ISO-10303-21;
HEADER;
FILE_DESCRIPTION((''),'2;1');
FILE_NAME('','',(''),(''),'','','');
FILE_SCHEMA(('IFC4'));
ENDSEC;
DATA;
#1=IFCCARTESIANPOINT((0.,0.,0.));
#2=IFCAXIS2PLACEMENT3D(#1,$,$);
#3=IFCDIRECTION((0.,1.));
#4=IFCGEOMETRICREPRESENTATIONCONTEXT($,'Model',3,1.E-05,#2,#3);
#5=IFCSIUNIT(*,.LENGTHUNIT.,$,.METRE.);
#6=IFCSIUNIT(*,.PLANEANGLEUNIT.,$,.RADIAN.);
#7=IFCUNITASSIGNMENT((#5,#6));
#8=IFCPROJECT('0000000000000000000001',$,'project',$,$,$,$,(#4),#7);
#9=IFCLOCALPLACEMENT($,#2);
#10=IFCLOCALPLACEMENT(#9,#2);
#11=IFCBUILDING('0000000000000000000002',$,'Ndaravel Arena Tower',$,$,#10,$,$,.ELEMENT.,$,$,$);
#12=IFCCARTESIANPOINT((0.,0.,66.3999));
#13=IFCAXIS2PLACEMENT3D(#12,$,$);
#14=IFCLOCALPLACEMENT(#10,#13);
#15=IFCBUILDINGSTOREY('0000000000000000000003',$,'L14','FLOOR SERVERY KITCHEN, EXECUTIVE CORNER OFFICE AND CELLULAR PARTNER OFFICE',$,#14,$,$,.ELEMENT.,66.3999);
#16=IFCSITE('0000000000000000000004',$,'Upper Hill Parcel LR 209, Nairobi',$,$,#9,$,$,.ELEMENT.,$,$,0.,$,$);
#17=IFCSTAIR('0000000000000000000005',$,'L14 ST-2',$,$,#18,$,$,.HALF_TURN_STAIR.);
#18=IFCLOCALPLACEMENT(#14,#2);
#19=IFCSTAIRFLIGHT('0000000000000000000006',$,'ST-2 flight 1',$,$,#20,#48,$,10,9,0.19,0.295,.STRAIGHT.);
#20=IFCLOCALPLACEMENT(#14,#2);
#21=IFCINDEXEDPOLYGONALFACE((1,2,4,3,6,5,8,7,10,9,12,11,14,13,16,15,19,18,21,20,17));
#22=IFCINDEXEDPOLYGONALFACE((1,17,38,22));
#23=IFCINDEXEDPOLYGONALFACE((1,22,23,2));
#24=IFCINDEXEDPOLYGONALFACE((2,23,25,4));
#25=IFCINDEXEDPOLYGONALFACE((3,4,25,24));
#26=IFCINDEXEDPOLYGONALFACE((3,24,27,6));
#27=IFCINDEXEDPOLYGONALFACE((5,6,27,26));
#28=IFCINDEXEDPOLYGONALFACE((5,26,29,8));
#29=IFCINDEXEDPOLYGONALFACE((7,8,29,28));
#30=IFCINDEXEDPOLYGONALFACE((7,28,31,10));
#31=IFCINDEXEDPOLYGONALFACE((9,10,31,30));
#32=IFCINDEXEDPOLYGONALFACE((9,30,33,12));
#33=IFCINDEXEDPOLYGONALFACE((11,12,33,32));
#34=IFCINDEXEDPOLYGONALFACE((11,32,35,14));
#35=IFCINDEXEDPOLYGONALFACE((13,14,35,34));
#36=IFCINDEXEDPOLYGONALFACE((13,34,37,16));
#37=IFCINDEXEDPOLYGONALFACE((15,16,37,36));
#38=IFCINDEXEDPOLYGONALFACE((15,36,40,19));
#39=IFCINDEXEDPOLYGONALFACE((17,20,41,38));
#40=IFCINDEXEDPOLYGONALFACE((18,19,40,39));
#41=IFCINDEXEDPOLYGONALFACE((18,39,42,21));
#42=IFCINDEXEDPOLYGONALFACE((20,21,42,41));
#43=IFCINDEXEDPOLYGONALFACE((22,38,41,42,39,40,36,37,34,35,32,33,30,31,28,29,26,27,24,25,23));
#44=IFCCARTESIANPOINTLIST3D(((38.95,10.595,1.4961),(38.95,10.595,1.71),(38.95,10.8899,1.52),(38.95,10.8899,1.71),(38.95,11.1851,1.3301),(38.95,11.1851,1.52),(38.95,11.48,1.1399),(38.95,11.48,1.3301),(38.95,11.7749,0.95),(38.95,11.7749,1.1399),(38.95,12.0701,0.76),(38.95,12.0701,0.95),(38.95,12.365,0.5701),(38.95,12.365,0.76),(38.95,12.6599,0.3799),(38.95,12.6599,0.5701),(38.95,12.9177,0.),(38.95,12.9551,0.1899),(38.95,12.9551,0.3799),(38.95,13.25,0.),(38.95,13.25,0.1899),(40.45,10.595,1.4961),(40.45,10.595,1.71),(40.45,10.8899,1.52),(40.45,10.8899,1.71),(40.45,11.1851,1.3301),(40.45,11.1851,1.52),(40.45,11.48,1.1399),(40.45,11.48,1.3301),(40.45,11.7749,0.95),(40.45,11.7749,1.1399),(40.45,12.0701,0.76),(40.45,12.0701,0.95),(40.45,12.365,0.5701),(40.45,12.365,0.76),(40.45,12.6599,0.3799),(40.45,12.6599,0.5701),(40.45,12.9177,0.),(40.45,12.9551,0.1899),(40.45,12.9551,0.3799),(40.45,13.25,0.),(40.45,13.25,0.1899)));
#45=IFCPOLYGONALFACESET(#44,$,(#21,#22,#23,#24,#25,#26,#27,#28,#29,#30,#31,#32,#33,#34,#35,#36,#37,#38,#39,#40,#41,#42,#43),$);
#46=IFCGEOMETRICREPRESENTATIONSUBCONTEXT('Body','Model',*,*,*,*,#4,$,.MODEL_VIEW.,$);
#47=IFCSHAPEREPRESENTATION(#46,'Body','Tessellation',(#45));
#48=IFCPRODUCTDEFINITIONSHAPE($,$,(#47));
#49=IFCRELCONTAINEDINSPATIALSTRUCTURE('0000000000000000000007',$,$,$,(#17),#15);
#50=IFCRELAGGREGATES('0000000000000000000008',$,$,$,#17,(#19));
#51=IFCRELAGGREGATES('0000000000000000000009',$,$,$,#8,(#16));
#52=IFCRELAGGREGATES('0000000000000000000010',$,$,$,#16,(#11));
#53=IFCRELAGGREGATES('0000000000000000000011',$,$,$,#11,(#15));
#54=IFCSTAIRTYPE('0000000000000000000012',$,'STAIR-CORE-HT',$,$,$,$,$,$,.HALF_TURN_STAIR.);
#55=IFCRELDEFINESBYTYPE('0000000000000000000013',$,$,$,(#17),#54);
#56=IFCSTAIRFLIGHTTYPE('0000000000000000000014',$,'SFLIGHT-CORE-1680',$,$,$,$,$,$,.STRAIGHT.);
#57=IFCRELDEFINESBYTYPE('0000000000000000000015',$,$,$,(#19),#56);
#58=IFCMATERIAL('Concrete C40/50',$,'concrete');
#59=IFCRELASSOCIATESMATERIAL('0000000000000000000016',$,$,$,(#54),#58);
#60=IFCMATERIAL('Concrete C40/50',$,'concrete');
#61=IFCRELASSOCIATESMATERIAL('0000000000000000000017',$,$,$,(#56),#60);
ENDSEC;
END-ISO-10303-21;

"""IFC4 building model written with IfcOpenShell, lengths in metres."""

from ifc_helpers import new_model, si_unit, direction, frame, origin, place, context, subcontext, project, spatial, polyline, outline, extrude, material, type_object, element, aggregate, save


model = new_model("IFC4")

# Units and contexts
model_context = context("Model", 3, precision=1e-05, world=origin(), true_north=direction((0.0, 1.0)))
body_context = subcontext(model_context, "Body", "Model", "MODEL_VIEW")
ifc_project = project(units=[si_unit("LENGTHUNIT", "METRE"), si_unit("PLANEANGLEUNIT", "RADIAN")], contexts=[model_context])

# Site, building, storey
site_placement = place(None, origin())
site = spatial("IfcSite", under=ifc_project, at=site_placement, Name="Upper Hill Parcel LR 209, Nairobi", CompositionType="ELEMENT", RefElevation=0.0)
building_placement = place(site_placement, origin())
building = spatial("IfcBuilding", under=site, at=building_placement, Name="Ndaravel Arena Tower", CompositionType="ELEMENT")
storey_placement = place(building_placement, frame((0.0, 0.0, 66.3999)))
storey = spatial("IfcBuildingStorey", under=building, at=storey_placement, Name="L14", Description="FLOOR SERVERY KITCHEN, EXECUTIVE CORNER OFFICE AND CELLULAR PARTNER OFFICE", CompositionType="ELEMENT", Elevation=66.3999)

# Stair, stair flight
ifc_material_1 = material(Name="Concrete C40/50", Category="concrete")
stair_type = type_object("IfcStairType", Name="STAIR-CORE-HT", PredefinedType="HALF_TURN_STAIR", material=ifc_material_1)
stair_placement = place(storey_placement, origin())
stair = element("IfcStair", 1, at=stair_placement, inside=storey, type_object=stair_type, Name="L14 ST-2", PredefinedType="HALF_TURN_STAIR")
ifc_material_2 = material(Name="Concrete C40/50", Category="concrete")
stair_flight_type = type_object("IfcStairFlightType", Name="SFLIGHT-CORE-1680", PredefinedType="STRAIGHT", material=ifc_material_2)
stair_flight_placement = place(storey_placement, frame((39.7, 13.25, 0.0), z_axis=(0.0, 0.0, 1.0), x_axis=(0.0, -1.0, 0.0)))
stair_flight = element("IfcStairFlight", 2, at=stair_flight_placement, type_object=stair_flight_type, Name="ST-2 flight 1", NumberOfRisers=10, NumberOfTreads=9, PredefinedType="STRAIGHT", RiserHeight=0.19, TreadLength=0.295, context=body_context, shape_type="SweptSolid", body=[
    extrude(outline(polyline([(0.0, 0.0), (0.0, 0.1899), (0.2949, 0.1899), (0.2949, 0.3799), (0.5901, 0.3799), (0.5901, 0.5701), (0.885, 0.5701), (0.885, 0.76), (1.1799, 0.76), (1.1799, 0.95), (1.4751, 0.95), (1.4751, 1.1399), (1.77, 1.1399), (1.77, 1.3301), (2.0649, 1.3301), (2.0649, 1.52), (2.3601, 1.52), (2.3601, 1.71), (2.655, 1.71), (2.655, 1.8999), (2.655, 1.4961), (0.3323, 0.0), (0.0, 0.0)])), frame((0.0, 0.75, 0.0), z_axis=(0.0, -1.0, 0.0), x_axis=(1.0, 0.0, 0.0)), (0.0, 0.0, 1.0), 1.5),
])
aggregate(stair, [stair_flight])

save(model, "model.ifc")
